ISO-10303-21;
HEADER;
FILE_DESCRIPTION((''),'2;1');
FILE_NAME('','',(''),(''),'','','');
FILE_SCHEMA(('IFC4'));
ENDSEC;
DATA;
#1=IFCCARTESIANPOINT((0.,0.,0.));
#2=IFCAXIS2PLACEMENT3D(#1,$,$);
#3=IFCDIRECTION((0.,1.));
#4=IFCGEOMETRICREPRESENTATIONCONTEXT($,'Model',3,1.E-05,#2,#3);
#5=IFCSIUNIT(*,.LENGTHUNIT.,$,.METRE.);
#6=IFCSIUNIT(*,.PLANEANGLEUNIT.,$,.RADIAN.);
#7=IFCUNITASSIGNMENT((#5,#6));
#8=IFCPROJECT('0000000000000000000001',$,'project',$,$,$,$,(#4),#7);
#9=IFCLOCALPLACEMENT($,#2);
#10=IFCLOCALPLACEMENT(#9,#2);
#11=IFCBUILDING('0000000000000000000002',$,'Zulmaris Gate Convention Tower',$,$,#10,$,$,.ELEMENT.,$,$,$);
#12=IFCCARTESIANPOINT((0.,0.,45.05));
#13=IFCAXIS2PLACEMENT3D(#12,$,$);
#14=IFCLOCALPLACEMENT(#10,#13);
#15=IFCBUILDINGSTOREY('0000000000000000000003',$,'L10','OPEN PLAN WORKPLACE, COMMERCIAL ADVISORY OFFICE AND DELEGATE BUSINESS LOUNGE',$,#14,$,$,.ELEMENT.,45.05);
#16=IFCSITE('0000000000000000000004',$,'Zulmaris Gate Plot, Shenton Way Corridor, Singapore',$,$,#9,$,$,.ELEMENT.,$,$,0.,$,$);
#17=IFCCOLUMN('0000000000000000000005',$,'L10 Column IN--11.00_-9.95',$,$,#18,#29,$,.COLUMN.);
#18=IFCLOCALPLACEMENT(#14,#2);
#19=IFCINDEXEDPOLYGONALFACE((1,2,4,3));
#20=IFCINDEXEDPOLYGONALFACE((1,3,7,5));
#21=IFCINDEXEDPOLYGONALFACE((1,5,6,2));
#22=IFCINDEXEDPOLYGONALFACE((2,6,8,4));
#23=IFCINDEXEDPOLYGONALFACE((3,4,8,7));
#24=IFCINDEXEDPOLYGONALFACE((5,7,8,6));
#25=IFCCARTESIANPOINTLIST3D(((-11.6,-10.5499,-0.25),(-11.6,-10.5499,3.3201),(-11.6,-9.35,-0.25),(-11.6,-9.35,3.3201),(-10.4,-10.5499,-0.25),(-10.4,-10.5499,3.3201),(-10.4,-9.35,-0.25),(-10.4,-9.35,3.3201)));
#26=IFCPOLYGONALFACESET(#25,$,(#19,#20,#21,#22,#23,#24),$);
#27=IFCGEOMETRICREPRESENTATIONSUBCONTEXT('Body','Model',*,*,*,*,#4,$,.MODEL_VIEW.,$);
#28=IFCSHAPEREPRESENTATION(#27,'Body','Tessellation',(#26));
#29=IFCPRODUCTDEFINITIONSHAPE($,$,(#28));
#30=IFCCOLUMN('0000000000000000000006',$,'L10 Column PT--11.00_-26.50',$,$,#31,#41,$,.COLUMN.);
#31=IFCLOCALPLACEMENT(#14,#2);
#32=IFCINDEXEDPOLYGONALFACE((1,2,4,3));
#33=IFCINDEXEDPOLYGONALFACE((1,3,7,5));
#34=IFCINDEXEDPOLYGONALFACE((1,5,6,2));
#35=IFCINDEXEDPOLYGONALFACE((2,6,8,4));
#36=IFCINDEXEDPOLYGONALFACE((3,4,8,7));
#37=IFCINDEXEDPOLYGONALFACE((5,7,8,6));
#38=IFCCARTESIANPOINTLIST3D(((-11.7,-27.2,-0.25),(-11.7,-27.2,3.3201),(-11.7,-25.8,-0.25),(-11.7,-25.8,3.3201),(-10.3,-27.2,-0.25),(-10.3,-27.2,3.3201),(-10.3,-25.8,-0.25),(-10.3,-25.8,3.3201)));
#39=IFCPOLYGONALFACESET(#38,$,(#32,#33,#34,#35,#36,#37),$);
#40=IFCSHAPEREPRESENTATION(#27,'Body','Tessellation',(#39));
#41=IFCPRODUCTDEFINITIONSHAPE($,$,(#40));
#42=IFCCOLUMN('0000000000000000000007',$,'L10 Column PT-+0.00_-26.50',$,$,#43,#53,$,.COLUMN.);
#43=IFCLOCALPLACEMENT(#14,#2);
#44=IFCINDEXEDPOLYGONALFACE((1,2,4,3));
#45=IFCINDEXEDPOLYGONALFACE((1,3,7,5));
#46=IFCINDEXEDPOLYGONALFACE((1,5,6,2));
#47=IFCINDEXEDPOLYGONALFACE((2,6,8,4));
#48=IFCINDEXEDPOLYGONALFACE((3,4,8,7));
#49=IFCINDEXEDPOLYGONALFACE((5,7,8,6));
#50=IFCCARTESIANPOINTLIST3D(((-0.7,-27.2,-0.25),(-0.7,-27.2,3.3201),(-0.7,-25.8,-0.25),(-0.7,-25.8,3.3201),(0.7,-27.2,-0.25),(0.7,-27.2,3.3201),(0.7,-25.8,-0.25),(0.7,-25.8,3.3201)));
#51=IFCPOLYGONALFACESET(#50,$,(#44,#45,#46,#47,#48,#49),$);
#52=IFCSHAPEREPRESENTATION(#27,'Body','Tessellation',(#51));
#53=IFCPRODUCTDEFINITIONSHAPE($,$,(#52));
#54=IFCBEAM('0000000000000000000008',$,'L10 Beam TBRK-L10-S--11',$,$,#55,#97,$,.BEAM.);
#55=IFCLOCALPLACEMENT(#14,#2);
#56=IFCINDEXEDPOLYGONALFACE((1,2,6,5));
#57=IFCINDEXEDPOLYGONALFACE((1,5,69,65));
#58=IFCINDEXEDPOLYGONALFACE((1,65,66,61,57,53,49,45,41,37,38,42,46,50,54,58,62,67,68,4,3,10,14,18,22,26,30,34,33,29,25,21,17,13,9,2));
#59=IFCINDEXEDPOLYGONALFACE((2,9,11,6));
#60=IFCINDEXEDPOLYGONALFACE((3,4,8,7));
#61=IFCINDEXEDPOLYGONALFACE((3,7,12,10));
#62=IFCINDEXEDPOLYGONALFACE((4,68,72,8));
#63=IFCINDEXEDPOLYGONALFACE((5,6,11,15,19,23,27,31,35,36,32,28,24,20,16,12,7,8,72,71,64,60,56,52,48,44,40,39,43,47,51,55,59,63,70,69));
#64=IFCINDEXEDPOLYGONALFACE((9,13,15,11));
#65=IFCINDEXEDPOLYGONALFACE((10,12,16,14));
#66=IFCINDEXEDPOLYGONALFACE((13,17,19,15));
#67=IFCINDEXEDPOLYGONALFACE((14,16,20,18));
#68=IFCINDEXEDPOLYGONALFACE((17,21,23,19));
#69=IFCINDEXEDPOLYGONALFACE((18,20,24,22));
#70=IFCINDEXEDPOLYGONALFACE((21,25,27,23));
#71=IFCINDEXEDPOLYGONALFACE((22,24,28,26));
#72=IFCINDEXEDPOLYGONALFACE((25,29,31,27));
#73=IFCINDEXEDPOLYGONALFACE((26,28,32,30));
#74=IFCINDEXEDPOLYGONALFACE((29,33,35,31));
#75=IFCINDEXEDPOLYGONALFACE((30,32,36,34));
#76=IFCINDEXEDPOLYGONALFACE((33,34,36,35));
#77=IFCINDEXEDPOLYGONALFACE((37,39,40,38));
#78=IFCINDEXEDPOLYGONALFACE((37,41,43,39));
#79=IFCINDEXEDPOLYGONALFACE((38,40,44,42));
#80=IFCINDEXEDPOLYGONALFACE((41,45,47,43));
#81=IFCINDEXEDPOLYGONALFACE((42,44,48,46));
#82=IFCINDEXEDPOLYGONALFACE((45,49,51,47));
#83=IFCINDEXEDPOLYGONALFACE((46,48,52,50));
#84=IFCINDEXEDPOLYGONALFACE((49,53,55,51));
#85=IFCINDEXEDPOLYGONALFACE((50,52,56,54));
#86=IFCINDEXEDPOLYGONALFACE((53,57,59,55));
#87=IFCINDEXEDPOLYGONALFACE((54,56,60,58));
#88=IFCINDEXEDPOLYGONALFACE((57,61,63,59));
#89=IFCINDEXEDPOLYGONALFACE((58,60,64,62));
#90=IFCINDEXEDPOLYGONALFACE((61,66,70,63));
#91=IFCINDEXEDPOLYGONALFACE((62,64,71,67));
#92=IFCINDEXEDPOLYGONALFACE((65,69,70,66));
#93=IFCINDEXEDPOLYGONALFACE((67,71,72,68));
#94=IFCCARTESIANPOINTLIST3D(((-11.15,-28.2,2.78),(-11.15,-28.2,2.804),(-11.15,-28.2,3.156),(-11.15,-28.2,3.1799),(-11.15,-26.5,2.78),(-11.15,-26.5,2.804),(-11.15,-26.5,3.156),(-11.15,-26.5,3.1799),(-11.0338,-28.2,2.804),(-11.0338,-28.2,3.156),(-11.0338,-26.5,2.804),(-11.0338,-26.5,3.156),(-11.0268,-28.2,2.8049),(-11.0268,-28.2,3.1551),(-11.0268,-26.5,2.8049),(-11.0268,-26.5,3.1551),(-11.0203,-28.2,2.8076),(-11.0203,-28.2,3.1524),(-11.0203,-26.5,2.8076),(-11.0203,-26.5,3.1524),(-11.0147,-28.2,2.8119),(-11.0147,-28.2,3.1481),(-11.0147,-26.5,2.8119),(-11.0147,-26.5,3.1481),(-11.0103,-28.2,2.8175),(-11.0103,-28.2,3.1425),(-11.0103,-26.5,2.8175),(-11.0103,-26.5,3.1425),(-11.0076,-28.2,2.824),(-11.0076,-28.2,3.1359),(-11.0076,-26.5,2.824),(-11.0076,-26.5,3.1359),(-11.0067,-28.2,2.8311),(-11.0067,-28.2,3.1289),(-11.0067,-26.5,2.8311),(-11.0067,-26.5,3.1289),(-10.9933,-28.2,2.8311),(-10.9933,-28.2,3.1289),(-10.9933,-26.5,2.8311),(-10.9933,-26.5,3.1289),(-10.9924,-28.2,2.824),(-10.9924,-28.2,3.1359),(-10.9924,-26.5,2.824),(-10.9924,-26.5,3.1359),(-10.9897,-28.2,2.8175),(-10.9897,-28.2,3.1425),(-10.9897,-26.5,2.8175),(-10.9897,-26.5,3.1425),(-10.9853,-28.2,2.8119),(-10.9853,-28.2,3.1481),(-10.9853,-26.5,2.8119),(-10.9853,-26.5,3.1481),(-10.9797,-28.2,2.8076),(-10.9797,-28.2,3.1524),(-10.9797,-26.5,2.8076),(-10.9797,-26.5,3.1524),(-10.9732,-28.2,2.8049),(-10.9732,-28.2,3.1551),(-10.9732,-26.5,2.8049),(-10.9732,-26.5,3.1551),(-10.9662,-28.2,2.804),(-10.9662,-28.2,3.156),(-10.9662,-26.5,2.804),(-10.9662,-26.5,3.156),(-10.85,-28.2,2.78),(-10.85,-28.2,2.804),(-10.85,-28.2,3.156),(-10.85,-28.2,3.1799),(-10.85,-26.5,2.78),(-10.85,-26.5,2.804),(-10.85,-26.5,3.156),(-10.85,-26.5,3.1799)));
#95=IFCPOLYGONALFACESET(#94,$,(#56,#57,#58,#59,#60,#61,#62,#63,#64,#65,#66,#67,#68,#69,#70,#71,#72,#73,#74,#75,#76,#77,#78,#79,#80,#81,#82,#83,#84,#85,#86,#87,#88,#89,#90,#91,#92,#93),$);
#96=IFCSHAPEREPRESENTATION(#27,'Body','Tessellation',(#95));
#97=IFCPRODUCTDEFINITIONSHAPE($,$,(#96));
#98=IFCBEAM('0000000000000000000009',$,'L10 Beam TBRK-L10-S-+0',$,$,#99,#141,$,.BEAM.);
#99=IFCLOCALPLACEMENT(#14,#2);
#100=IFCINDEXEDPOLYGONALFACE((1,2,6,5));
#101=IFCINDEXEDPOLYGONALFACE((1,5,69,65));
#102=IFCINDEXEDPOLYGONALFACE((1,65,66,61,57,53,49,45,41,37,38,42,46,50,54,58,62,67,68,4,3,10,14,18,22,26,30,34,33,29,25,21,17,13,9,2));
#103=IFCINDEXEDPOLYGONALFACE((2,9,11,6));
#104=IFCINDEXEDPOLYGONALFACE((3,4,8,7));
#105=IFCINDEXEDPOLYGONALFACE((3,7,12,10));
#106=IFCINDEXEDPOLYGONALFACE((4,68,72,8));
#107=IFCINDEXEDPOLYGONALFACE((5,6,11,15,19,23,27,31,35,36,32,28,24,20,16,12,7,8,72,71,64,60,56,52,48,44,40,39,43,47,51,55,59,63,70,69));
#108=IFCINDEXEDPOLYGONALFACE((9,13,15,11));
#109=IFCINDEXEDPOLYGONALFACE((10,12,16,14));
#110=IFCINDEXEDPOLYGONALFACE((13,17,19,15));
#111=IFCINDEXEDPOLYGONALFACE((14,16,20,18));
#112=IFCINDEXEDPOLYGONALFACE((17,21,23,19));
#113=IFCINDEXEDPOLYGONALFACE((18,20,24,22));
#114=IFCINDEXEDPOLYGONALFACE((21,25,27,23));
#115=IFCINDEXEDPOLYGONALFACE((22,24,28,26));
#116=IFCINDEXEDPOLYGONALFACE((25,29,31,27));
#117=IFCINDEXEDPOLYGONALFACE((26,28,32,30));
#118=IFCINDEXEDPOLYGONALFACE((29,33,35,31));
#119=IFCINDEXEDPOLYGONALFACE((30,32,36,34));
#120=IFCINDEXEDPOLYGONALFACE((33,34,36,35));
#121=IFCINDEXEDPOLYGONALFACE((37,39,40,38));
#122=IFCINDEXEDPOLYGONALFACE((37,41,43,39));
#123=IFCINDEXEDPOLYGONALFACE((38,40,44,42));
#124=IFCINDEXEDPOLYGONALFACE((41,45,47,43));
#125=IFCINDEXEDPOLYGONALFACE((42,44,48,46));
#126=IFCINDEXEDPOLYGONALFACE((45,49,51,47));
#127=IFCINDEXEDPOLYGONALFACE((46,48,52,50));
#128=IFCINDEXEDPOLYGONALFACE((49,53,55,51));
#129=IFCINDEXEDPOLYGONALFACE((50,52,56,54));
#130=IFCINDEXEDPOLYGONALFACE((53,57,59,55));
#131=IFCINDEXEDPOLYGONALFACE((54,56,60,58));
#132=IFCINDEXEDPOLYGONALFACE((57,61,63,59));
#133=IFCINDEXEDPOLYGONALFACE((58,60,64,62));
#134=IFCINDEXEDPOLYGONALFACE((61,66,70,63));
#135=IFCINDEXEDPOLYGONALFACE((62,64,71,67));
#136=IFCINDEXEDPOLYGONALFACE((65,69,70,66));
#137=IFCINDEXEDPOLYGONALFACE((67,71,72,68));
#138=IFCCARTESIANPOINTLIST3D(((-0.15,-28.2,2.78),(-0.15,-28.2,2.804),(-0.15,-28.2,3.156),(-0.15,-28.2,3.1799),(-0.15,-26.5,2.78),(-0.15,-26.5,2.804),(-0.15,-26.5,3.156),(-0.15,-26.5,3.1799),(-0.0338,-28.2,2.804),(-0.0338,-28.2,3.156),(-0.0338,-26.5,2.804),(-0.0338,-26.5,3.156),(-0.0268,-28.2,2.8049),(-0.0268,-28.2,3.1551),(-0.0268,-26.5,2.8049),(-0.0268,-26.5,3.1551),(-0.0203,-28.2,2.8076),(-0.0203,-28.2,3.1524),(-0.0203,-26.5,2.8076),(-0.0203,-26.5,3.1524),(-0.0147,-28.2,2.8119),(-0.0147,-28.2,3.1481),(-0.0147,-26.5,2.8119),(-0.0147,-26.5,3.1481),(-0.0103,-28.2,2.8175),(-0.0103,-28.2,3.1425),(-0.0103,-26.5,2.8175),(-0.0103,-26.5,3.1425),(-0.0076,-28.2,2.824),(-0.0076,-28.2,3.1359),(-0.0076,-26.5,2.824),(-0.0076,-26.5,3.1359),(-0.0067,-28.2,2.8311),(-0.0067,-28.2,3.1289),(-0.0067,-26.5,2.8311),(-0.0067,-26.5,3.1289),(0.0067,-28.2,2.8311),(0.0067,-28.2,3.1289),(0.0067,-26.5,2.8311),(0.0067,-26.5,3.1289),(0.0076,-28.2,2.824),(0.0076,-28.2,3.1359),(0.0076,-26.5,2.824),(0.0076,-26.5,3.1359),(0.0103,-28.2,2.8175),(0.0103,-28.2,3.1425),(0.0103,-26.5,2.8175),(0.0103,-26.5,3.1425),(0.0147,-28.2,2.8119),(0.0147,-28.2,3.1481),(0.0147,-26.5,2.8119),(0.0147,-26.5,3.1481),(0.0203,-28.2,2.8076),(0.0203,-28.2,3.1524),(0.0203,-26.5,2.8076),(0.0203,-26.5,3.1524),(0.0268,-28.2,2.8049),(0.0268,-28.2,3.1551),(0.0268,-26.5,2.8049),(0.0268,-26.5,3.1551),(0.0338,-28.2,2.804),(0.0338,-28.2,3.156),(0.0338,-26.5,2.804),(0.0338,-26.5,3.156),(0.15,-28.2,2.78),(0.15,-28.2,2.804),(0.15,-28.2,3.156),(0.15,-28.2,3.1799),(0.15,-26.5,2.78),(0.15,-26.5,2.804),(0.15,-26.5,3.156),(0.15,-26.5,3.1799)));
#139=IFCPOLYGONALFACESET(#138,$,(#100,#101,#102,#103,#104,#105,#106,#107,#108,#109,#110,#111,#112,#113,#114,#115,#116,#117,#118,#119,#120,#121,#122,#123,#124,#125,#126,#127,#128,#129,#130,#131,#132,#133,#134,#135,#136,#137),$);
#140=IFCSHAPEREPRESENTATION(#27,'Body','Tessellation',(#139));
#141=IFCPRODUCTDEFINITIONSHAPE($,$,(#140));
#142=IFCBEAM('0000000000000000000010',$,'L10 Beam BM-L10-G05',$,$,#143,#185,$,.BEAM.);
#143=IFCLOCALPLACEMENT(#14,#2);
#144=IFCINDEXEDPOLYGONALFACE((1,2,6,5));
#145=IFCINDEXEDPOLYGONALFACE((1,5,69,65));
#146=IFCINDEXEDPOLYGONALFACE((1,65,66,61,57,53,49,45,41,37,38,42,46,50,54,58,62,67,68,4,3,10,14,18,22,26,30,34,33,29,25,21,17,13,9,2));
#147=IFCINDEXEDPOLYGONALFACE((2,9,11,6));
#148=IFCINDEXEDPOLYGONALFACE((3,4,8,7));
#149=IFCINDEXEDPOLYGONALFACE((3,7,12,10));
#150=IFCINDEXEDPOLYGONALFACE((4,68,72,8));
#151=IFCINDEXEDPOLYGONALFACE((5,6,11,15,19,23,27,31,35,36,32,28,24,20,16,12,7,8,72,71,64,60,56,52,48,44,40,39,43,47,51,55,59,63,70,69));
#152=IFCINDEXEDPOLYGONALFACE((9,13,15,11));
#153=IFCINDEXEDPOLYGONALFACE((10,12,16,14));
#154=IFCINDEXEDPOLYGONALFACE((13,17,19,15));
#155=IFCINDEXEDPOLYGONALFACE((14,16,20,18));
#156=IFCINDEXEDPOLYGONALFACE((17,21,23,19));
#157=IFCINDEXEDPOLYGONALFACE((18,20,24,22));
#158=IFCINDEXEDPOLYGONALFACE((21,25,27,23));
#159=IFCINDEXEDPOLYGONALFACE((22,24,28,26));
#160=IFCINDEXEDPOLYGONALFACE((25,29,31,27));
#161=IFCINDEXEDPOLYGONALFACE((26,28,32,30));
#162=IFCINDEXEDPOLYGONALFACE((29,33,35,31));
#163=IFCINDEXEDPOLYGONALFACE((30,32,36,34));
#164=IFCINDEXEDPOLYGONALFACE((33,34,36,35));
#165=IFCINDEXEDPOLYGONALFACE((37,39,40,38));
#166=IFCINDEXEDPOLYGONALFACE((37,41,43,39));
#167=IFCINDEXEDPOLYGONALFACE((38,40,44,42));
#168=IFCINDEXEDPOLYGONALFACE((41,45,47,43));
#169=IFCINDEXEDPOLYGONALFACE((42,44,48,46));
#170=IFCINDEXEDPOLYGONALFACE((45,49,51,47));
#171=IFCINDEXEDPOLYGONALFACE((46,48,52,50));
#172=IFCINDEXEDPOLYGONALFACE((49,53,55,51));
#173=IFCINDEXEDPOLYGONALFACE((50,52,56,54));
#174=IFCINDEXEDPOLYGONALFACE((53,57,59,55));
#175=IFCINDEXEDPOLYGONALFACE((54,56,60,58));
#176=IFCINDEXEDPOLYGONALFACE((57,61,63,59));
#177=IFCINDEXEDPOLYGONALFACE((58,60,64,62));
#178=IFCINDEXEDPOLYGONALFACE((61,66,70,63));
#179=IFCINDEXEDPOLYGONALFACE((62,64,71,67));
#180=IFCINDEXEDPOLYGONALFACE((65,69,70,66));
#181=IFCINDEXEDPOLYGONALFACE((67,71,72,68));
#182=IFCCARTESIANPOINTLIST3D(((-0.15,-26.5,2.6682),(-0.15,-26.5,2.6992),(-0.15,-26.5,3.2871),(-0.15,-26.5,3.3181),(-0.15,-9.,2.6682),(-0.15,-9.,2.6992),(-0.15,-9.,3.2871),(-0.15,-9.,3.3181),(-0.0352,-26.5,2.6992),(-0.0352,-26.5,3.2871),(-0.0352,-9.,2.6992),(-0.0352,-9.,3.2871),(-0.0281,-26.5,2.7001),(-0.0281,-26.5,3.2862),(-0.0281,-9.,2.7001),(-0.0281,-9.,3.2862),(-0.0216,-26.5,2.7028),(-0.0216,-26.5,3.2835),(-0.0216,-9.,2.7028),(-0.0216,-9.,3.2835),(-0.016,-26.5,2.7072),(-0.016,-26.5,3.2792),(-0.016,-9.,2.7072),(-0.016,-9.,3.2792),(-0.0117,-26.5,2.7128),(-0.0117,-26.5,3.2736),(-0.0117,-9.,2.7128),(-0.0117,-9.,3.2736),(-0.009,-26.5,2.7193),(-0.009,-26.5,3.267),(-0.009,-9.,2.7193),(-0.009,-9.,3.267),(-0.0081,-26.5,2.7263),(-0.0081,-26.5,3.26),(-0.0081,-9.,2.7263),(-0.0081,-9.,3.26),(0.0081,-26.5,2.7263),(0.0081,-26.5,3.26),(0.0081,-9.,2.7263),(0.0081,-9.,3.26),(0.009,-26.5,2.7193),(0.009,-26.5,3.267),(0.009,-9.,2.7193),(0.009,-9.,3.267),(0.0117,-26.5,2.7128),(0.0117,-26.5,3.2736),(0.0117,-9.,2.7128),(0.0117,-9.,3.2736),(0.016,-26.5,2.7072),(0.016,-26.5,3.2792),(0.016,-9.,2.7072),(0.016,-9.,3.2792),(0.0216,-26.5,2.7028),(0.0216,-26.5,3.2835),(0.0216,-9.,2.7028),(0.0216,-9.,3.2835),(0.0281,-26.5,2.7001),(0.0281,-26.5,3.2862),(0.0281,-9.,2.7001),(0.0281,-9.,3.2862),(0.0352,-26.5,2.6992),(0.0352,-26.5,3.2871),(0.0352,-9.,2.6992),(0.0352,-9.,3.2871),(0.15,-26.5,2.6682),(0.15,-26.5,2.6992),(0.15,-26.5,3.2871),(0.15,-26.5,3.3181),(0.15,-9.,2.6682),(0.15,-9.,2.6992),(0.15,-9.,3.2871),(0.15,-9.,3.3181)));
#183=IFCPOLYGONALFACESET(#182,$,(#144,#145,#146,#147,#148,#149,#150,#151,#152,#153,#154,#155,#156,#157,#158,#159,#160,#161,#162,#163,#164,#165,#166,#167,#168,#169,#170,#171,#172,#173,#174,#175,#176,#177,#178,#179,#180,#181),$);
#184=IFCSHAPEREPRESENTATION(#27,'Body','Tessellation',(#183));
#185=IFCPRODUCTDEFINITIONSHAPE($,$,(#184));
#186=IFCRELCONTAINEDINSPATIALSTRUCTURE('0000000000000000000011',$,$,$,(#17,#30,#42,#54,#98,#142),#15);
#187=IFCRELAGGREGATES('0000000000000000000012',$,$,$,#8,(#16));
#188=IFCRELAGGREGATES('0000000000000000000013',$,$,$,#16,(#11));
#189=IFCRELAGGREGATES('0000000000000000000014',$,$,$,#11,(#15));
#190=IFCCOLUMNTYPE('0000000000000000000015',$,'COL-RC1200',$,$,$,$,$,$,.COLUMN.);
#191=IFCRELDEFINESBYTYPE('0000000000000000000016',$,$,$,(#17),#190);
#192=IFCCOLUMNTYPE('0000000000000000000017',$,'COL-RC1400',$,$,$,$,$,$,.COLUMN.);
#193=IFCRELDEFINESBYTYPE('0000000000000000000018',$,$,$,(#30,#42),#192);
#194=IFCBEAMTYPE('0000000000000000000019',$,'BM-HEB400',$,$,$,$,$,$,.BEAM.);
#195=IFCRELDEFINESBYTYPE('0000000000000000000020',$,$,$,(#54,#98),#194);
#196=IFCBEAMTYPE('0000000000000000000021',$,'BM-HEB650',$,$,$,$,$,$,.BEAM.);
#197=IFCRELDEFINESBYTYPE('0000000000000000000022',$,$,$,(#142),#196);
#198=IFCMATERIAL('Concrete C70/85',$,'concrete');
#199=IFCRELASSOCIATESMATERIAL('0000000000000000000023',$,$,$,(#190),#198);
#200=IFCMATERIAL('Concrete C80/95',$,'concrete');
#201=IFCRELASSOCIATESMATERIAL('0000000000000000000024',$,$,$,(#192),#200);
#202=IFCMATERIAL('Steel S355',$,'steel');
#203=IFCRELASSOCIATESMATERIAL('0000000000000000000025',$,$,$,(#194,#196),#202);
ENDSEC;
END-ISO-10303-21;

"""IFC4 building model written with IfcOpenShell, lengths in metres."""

from ifc_helpers import new_model, si_unit, direction, frame, origin, origin_2d, place, context, subcontext, project, spatial, rectangle, i_section, extrude, material, material_profile, profile_set, type_object, element, save


model = new_model("IFC4")

# Units and contexts
model_context = context("Model", 3, precision=1e-05, world=origin(), true_north=direction((0.0, 1.0)))
body_context = subcontext(model_context, "Body", "Model", "MODEL_VIEW")
ifc_project = project(units=[si_unit("LENGTHUNIT", "METRE"), si_unit("PLANEANGLEUNIT", "RADIAN")], contexts=[model_context])

# Site, building, storey
site_placement = place(None, origin())
site = spatial("IfcSite", under=ifc_project, at=site_placement, Name="Zulmaris Gate Plot, Shenton Way Corridor, Singapore", CompositionType="ELEMENT", RefElevation=0.0)
building_placement = place(site_placement, origin())
building = spatial("IfcBuilding", under=site, at=building_placement, Name="Zulmaris Gate Convention Tower", CompositionType="ELEMENT")
storey_placement = place(building_placement, frame((0.0, 0.0, 45.05)))
storey = spatial("IfcBuildingStorey", under=building, at=storey_placement, Name="L10", Description="OPEN PLAN WORKPLACE, COMMERCIAL ADVISORY OFFICE AND DELEGATE BUSINESS LOUNGE", CompositionType="ELEMENT", Elevation=45.05)

# Columns
ifc_material_1 = material(Name="Concrete C70/85", Category="concrete")
ifc_material_profile_1 = material_profile(ifc_material_1, rectangle(XDim=1.2, YDim=1.2, at=origin_2d()), Name="RC COL 1200x1200")
ifc_profile_set_1 = profile_set([ifc_material_profile_1], Name="Concrete C70/85")
column_type_1 = type_object("IfcColumnType", Name="COL-RC1200", PredefinedType="COLUMN", material=ifc_profile_set_1)
column_placement = place(storey_placement, frame((-11.0, -9.95, -0.25), z_axis=(0.0, 0.0, 1.0), x_axis=(1.0, 0.0, 0.0)))
element("IfcColumn", 1, at=column_placement, inside=storey, type_object=column_type_1, Name="L10 Column IN--11.00_-9.95", PredefinedType="COLUMN", context=body_context, shape_type="SweptSolid", body=[
    extrude(rectangle(XDim=1.2, YDim=1.2, at=origin_2d()), origin(), (0.0, 0.0, 1.0), 3.5701),
])
ifc_material_2 = material(Name="Concrete C80/95", Category="concrete")
ifc_material_profile_2 = material_profile(ifc_material_2, rectangle(XDim=1.3999, YDim=1.3999, at=origin_2d()), Name="RC COL 1400x1400")
ifc_profile_set_2 = profile_set([ifc_material_profile_2], Name="Concrete C80/95")
column_type_2 = type_object("IfcColumnType", Name="COL-RC1400", PredefinedType="COLUMN", material=ifc_profile_set_2)
for number, where, z_axis, x_axis, name in (
    (2, (-11.0, -26.5, -0.25), (0.0, 0.0, 1.0), (1.0, 0.0, 0.0), "L10 Column PT--11.00_-26.50"),
    (3, (0.0, -26.5, -0.25), (0.0, 0.0, 1.0), (1.0, 0.0, 0.0), "L10 Column PT-+0.00_-26.50"),
):
    element("IfcColumn", number, at=place(storey_placement, frame(where, z_axis=z_axis, x_axis=x_axis)), inside=storey, type_object=column_type_2, Name=name, PredefinedType="COLUMN", context=body_context, shape_type="SweptSolid", body=[
        extrude(rectangle(XDim=1.3999, YDim=1.3999, at=origin_2d()), origin(), (0.0, 0.0, 1.0), 3.5701),
    ])

# Beams
ifc_material_3 = material(Name="Steel S355", Category="steel")
ifc_material_profile_3 = material_profile(ifc_material_3, i_section(OverallWidth=0.3, OverallDepth=0.3999, WebThickness=0.0134, FlangeThickness=0.0239, FilletRadius=0.0271, at=origin_2d()), Name="HEB 400")
ifc_profile_set_3 = profile_set([ifc_material_profile_3], Name="Steel S355")
beam_type_1 = type_object("IfcBeamType", Name="BM-HEB400", PredefinedType="BEAM", material=ifc_profile_set_3)
for number, where, z_axis, x_axis, name in (
    (4, (-11.0, -28.2, 2.98), (0.0, 1.0, 0.0), (-1.0, 0.0, 0.0), "L10 Beam TBRK-L10-S--11"),
    (5, (0.0, -28.2, 2.98), (0.0, 1.0, 0.0), (-1.0, 0.0, 0.0), "L10 Beam TBRK-L10-S-+0"),
):
    element("IfcBeam", number, at=place(storey_placement, frame(where, z_axis=z_axis, x_axis=x_axis)), inside=storey, type_object=beam_type_1, Name=name, PredefinedType="BEAM", context=body_context, shape_type="SweptSolid", body=[
        extrude(i_section(OverallWidth=0.3, OverallDepth=0.3999, WebThickness=0.0134, FlangeThickness=0.0239, FilletRadius=0.0271, at=origin_2d()), origin(), (0.0, 0.0, 1.0), 1.7),
    ])
ifc_material_profile_4 = material_profile(ifc_material_3, i_section(OverallWidth=0.3, OverallDepth=0.6499, WebThickness=0.0161, FlangeThickness=0.031, FilletRadius=0.0271, at=origin_2d()), Name="HEB 650")
ifc_profile_set_4 = profile_set([ifc_material_profile_4], Name="Steel S355")
beam_type_2 = type_object("IfcBeamType", Name="BM-HEB650", PredefinedType="BEAM", material=ifc_profile_set_4)
beam_1_placement = place(storey_placement, frame((0.0, -26.5, 2.9932), z_axis=(0.0, 1.0, 0.0), x_axis=(-1.0, 0.0, 0.0)))
element("IfcBeam", 6, at=beam_1_placement, inside=storey, type_object=beam_type_2, Name="L10 Beam BM-L10-G05", PredefinedType="BEAM", context=body_context, shape_type="SweptSolid", body=[
    extrude(i_section(OverallWidth=0.3, OverallDepth=0.6499, WebThickness=0.0161, FlangeThickness=0.031, FilletRadius=0.0271, at=origin_2d()), origin(), (0.0, 0.0, 1.0), 17.5),
])

save(model, "model.ifc")
